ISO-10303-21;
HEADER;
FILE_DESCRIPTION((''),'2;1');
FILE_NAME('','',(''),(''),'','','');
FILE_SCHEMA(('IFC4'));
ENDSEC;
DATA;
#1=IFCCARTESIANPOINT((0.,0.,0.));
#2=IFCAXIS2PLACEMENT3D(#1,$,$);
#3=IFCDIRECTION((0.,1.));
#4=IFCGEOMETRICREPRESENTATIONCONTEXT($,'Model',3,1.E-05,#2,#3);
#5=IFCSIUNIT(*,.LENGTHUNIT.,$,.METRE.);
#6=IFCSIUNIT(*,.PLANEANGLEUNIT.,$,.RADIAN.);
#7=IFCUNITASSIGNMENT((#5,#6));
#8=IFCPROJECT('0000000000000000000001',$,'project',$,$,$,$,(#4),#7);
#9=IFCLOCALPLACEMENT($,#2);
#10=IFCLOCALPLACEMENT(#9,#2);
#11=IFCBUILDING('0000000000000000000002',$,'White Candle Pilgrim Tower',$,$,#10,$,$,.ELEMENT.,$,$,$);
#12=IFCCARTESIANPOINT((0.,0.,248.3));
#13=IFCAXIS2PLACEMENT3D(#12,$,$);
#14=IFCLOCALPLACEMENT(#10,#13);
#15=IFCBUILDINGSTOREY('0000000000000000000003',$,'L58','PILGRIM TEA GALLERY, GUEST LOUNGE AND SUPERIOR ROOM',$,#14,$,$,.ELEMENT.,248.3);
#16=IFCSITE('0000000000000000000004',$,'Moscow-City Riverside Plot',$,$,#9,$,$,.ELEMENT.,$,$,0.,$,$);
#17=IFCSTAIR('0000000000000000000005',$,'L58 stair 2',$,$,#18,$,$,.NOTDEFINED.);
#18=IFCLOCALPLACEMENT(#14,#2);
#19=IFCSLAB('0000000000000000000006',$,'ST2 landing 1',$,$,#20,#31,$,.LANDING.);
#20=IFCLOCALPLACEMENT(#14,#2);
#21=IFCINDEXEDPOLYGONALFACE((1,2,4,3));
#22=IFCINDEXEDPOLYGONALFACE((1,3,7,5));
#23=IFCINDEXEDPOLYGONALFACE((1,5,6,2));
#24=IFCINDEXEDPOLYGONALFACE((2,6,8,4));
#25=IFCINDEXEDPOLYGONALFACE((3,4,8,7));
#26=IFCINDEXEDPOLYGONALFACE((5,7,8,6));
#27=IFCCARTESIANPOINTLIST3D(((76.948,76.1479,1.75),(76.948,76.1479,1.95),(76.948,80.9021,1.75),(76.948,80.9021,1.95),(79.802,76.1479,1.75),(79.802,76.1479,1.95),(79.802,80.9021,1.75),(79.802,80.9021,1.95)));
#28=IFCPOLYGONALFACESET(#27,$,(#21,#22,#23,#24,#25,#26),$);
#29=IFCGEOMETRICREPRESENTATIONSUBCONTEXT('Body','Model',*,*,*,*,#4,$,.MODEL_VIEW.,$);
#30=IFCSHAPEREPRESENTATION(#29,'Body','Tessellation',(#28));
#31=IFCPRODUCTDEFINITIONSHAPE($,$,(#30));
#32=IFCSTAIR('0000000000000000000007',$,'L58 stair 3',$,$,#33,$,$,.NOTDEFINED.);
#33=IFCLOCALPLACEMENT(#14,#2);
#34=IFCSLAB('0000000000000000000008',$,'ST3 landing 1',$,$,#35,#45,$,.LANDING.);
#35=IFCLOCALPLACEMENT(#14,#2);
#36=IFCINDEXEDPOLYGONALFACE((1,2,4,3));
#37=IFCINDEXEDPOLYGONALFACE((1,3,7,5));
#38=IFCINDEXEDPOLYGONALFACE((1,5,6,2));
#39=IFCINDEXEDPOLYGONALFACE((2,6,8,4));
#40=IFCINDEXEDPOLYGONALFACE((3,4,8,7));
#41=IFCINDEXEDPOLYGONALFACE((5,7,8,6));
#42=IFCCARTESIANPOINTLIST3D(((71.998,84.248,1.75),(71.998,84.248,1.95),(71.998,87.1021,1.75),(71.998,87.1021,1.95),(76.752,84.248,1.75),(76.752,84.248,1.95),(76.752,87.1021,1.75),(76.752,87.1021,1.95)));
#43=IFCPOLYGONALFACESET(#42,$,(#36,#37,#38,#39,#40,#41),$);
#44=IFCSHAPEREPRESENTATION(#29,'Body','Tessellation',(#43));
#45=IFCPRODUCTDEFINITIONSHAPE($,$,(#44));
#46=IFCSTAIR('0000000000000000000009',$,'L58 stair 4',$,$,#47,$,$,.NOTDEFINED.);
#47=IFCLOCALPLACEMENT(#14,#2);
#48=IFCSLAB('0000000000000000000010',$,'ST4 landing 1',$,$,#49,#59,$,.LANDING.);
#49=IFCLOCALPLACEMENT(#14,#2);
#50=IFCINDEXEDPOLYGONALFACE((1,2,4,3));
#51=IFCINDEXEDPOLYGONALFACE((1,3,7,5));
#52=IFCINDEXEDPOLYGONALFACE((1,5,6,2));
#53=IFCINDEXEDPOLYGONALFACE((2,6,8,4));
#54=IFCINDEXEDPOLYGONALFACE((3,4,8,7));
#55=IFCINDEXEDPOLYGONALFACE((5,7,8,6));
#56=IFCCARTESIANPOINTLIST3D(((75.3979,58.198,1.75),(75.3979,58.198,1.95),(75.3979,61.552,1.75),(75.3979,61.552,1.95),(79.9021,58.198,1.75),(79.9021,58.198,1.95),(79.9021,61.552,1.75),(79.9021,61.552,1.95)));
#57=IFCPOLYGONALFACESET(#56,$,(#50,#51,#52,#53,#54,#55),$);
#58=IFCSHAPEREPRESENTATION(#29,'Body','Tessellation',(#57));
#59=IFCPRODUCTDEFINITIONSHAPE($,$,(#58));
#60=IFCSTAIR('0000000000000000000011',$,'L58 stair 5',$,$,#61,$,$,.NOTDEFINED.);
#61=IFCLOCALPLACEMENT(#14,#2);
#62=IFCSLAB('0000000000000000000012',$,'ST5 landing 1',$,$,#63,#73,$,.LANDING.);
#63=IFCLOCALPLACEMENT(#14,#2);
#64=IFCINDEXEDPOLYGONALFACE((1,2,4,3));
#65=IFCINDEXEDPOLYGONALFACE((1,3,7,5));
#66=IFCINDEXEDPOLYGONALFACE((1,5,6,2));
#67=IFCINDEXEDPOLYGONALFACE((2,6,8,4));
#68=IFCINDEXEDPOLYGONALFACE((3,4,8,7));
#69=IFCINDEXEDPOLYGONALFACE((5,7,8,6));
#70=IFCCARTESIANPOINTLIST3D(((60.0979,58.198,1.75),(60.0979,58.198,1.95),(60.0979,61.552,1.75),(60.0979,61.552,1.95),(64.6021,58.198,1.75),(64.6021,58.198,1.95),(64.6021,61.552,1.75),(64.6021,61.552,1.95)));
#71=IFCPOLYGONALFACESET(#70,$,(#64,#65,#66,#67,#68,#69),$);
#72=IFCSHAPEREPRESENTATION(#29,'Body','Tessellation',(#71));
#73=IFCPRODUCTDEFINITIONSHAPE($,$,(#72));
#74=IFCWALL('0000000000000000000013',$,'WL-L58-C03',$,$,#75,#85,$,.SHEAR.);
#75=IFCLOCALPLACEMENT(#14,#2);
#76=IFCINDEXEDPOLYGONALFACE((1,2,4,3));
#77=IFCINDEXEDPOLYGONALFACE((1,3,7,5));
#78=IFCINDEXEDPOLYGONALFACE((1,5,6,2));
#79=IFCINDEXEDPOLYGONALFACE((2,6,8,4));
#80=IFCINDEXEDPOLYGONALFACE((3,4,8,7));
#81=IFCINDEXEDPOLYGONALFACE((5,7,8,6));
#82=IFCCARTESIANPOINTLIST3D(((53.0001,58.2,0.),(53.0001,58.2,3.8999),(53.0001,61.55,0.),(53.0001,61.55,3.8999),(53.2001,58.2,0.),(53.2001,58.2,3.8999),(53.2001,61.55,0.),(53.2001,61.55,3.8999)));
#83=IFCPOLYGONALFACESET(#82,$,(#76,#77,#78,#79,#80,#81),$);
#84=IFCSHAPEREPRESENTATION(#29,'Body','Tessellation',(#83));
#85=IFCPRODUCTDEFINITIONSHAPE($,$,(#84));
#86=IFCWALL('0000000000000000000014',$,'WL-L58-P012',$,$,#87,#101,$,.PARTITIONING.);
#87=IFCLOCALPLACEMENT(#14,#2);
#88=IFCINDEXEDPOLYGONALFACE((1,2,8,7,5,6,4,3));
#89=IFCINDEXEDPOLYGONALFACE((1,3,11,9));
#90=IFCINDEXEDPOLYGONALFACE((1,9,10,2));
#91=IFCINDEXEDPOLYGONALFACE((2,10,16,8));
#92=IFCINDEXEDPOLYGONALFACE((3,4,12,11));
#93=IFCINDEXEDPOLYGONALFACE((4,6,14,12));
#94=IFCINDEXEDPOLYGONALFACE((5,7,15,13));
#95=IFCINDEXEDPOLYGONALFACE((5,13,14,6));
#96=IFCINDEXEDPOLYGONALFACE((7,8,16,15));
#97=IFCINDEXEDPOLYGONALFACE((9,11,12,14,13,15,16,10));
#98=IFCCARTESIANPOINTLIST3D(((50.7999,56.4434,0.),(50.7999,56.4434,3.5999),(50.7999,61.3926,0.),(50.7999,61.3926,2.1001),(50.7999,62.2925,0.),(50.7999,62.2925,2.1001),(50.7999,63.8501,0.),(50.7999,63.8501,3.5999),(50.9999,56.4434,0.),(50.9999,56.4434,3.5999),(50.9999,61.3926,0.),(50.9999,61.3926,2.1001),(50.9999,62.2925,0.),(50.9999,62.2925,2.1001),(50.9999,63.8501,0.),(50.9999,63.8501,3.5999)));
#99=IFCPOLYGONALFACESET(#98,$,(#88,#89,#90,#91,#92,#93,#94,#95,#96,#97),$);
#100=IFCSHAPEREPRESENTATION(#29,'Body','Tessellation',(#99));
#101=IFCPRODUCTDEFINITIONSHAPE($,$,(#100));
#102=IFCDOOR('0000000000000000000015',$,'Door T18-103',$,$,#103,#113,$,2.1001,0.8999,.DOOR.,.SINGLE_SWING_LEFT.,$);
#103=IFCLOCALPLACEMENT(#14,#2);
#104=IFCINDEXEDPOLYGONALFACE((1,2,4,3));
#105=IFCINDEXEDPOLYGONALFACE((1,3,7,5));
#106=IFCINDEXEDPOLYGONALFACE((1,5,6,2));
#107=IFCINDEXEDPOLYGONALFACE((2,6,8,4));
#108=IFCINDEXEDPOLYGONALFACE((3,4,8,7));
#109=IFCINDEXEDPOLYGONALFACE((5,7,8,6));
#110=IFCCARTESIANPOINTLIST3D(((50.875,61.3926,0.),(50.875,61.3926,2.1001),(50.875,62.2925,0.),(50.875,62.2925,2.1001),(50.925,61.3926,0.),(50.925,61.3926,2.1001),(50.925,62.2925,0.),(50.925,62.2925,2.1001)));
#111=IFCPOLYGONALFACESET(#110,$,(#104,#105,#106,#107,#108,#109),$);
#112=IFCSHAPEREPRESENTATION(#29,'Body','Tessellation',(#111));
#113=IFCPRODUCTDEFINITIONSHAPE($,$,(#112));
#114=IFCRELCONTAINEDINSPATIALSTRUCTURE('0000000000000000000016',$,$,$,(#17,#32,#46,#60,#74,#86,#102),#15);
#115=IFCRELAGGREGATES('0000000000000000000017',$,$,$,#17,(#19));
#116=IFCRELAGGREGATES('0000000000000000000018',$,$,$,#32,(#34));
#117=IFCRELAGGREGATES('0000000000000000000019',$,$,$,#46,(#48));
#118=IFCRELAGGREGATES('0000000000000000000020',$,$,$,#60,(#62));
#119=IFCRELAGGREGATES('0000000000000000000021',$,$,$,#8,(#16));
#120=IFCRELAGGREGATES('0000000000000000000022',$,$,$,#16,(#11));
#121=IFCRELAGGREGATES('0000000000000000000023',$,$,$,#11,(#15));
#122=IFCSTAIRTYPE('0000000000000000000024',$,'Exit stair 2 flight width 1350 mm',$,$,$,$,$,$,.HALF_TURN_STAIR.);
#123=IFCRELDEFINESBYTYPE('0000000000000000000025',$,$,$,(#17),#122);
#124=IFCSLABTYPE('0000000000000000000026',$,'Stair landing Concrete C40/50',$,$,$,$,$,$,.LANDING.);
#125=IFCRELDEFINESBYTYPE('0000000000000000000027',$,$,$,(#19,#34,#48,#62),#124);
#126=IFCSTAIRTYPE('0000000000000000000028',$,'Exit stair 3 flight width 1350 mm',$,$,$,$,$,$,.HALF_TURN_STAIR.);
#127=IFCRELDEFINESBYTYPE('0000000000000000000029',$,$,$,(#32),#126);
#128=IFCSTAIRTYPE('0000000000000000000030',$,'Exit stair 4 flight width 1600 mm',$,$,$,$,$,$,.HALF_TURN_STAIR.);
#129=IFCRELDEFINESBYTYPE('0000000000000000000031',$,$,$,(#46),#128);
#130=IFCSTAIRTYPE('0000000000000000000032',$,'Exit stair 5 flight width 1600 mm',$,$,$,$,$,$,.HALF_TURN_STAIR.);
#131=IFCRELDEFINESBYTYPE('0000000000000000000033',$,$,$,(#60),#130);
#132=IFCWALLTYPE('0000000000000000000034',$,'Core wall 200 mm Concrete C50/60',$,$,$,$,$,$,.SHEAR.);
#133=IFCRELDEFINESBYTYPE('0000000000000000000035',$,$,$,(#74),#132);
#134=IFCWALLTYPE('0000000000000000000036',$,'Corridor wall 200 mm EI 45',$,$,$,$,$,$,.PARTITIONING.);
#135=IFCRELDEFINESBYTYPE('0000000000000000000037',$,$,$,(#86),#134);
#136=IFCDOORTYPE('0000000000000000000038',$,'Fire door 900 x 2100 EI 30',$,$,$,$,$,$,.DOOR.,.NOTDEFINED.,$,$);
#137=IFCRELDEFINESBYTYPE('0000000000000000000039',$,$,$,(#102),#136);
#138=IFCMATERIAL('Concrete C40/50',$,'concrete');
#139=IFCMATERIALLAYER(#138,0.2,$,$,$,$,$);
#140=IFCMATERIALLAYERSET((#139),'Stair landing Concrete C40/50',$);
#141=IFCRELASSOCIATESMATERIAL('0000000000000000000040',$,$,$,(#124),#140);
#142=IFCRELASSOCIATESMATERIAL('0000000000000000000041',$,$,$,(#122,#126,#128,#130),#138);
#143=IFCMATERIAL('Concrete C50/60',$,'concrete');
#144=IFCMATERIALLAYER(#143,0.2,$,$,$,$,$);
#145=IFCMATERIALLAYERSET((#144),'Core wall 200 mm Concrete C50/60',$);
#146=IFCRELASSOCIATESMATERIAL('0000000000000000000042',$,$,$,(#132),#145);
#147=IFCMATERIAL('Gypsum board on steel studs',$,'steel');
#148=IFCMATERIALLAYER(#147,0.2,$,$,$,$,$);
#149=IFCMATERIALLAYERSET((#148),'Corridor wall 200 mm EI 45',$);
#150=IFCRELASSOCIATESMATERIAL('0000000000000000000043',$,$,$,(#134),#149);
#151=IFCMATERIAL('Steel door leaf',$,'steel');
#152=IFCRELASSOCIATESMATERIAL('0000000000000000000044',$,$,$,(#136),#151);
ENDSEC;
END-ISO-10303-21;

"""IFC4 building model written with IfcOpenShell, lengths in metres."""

from ifc_helpers import new_model, si_unit, direction, frame, frame_2d, origin, place, context, subcontext, project, spatial, polyline, rectangle, outline, extrude, material, layer, layer_set, type_object, element, fill, aggregate, save


model = new_model("IFC4")

# Units and contexts
model_context = context("Model", 3, precision=1e-05, world=origin(), true_north=direction((0.0, 1.0)))
body_context = subcontext(model_context, "Body", "Model", "MODEL_VIEW")
ifc_project = project(units=[si_unit("LENGTHUNIT", "METRE"), si_unit("PLANEANGLEUNIT", "RADIAN")], contexts=[model_context])

# Site, building, storey
site_placement = place(None, origin())
site = spatial("IfcSite", under=ifc_project, at=site_placement, Name="Moscow-City Riverside Plot", CompositionType="ELEMENT", RefElevation=0.0)
building_placement = place(site_placement, origin())
building = spatial("IfcBuilding", under=site, at=building_placement, Name="White Candle Pilgrim Tower", CompositionType="ELEMENT")
storey_placement = place(building_placement, frame((0.0, 0.0, 248.3)))
storey = spatial("IfcBuildingStorey", under=building, at=storey_placement, Name="L58", Description="PILGRIM TEA GALLERY, GUEST LOUNGE AND SUPERIOR ROOM", CompositionType="ELEMENT", Elevation=248.3)

# Shared definitions
ifc_material_1 = material(Name="Concrete C40/50", Category="concrete")

# Stairs, slabs
ifc_layer_1 = layer(ifc_material_1, 0.2)
ifc_layer_set_1 = layer_set([ifc_layer_1], Name="Stair landing Concrete C40/50")
slab_type_1 = type_object("IfcSlabType", Name="Stair landing Concrete C40/50", PredefinedType="LANDING", material=ifc_layer_set_1)
stair_type_1 = type_object("IfcStairType", Name="Exit stair 2 flight width 1350 mm", PredefinedType="HALF_TURN_STAIR", material=ifc_material_1)
stair_1_placement = place(storey_placement, origin())
stair_1 = element("IfcStair", 1, at=stair_1_placement, inside=storey, type_object=stair_type_1, Name="L58 stair 2", PredefinedType="NOTDEFINED")
slab_1_placement = place(storey_placement, frame((0.0, 0.0, 1.75)))
slab_1 = element("IfcSlab", 2, at=slab_1_placement, type_object=slab_type_1, Name="ST2 landing 1", PredefinedType="LANDING", context=body_context, shape_type="SweptSolid", body=[
    extrude(outline(polyline([(79.802, 76.1479), (76.948, 76.1479), (76.948, 80.9021), (79.802, 80.9021), (79.802, 76.1479)])), origin(), (0.0, 0.0, 1.0), 0.2),
])
aggregate(stair_1, [slab_1])
stair_type_2 = type_object("IfcStairType", Name="Exit stair 3 flight width 1350 mm", PredefinedType="HALF_TURN_STAIR", material=ifc_material_1)
stair_2_placement = place(storey_placement, origin())
stair_2 = element("IfcStair", 3, at=stair_2_placement, inside=storey, type_object=stair_type_2, Name="L58 stair 3", PredefinedType="NOTDEFINED")
slab_2_placement = place(storey_placement, frame((0.0, 0.0, 1.75)))
slab_2 = element("IfcSlab", 4, at=slab_2_placement, type_object=slab_type_1, Name="ST3 landing 1", PredefinedType="LANDING", context=body_context, shape_type="SweptSolid", body=[
    extrude(outline(polyline([(71.998, 84.248), (71.998, 87.1021), (76.752, 87.1021), (76.752, 84.248), (71.998, 84.248)])), origin(), (0.0, 0.0, 1.0), 0.2),
])
aggregate(stair_2, [slab_2])
stair_type_3 = type_object("IfcStairType", Name="Exit stair 4 flight width 1600 mm", PredefinedType="HALF_TURN_STAIR", material=ifc_material_1)
stair_3_placement = place(storey_placement, origin())
stair_3 = element("IfcStair", 5, at=stair_3_placement, inside=storey, type_object=stair_type_3, Name="L58 stair 4", PredefinedType="NOTDEFINED")
slab_3_placement = place(storey_placement, frame((0.0, 0.0, 1.75)))
slab_3 = element("IfcSlab", 6, at=slab_3_placement, type_object=slab_type_1, Name="ST4 landing 1", PredefinedType="LANDING", context=body_context, shape_type="SweptSolid", body=[
    extrude(outline(polyline([(79.9021, 61.552), (79.9021, 58.198), (75.3979, 58.198), (75.3979, 61.552), (79.9021, 61.552)])), origin(), (0.0, 0.0, 1.0), 0.2),
])
aggregate(stair_3, [slab_3])
stair_type_4 = type_object("IfcStairType", Name="Exit stair 5 flight width 1600 mm", PredefinedType="HALF_TURN_STAIR", material=ifc_material_1)
stair_4_placement = place(storey_placement, origin())
stair_4 = element("IfcStair", 7, at=stair_4_placement, inside=storey, type_object=stair_type_4, Name="L58 stair 5", PredefinedType="NOTDEFINED")
slab_4_placement = place(storey_placement, frame((0.0, 0.0, 1.75)))
slab_4 = element("IfcSlab", 8, at=slab_4_placement, type_object=slab_type_1, Name="ST5 landing 1", PredefinedType="LANDING", context=body_context, shape_type="SweptSolid", body=[
    extrude(outline(polyline([(60.0979, 58.198), (60.0979, 61.552), (64.6021, 61.552), (64.6021, 58.198), (60.0979, 58.198)])), origin(), (0.0, 0.0, 1.0), 0.2),
])
aggregate(stair_4, [slab_4])

# Wall
ifc_material_2 = material(Name="Concrete C50/60", Category="concrete")
ifc_layer_2 = layer(ifc_material_2, 0.2)
ifc_layer_set_2 = layer_set([ifc_layer_2], Name="Core wall 200 mm Concrete C50/60")
wall_type_1 = type_object("IfcWallType", Name="Core wall 200 mm Concrete C50/60", PredefinedType="SHEAR", material=ifc_layer_set_2)
wall_1_placement = place(storey_placement, frame((53.1001, 58.2, 0.0), z_axis=(0.0, 0.0, 1.0), x_axis=(0.0, 1.0, 0.0)))
element("IfcWall", 9, at=wall_1_placement, inside=storey, type_object=wall_type_1, Name="WL-L58-C03", PredefinedType="SHEAR", context=body_context, shape_type="SweptSolid", body=[
    extrude(rectangle(XDim=3.3501, YDim=0.2, at=frame_2d((1.675, 0.0))), origin(), (0.0, 0.0, 1.0), 3.8999),
])

# Wall, opening, door
ifc_material_3 = material(Name="Gypsum board on steel studs", Category="steel")
ifc_layer_3 = layer(ifc_material_3, 0.2)
ifc_layer_set_3 = layer_set([ifc_layer_3], Name="Corridor wall 200 mm EI 45")
wall_type_2 = type_object("IfcWallType", Name="Corridor wall 200 mm EI 45", PredefinedType="PARTITIONING", material=ifc_layer_set_3)
wall_2_placement = place(storey_placement, frame((50.8999, 56.4434, 0.0), z_axis=(0.0, 0.0, 1.0), x_axis=(0.0, 1.0, 0.0)))
wall_2 = element("IfcWall", 10, at=wall_2_placement, inside=storey, type_object=wall_type_2, Name="WL-L58-P012", PredefinedType="PARTITIONING", context=body_context, shape_type="SweptSolid", body=[
    extrude(rectangle(XDim=7.4067, YDim=0.2, at=frame_2d((3.7034, 0.0))), origin(), (0.0, 0.0, 1.0), 3.5999),
])
opening_1_placement = place(wall_2_placement, frame((4.9492, 0.0, 0.0)))
opening_1 = element("IfcOpeningElement", 11, at=opening_1_placement, cuts=wall_2, PredefinedType="OPENING", context=body_context, shape_type="SweptSolid", body=[
    extrude(rectangle(XDim=0.8999, YDim=2.1001, at=frame_2d((0.45, 1.05))), frame((0.0, 0.1099, 0.0), z_axis=(0.0, -1.0, 0.0), x_axis=(1.0, 0.0, 0.0)), (0.0, 0.0, 1.0), 0.22),
])
ifc_material_4 = material(Name="Steel door leaf", Category="steel")
door_type_1 = type_object("IfcDoorType", Name="Fire door 900 x 2100 EI 30", OperationType="NOTDEFINED", PredefinedType="DOOR", material=ifc_material_4)
door_1_placement = place(opening_1_placement, origin())
door_1 = element("IfcDoor", 12, at=door_1_placement, inside=storey, type_object=door_type_1, Name="Door T18-103", OperationType="SINGLE_SWING_LEFT", OverallHeight=2.1001, OverallWidth=0.8999, PredefinedType="DOOR", context=body_context, shape_type="SweptSolid", body=[
    extrude(rectangle(XDim=0.8999, YDim=2.1001, at=frame_2d((0.45, 1.05))), frame((0.0, 0.0249, 0.0), z_axis=(0.0, -1.0, 0.0), x_axis=(1.0, 0.0, 0.0)), (0.0, 0.0, 1.0), 0.05),
])
fill(opening_1, door_1)

save(model, "model.ifc")
